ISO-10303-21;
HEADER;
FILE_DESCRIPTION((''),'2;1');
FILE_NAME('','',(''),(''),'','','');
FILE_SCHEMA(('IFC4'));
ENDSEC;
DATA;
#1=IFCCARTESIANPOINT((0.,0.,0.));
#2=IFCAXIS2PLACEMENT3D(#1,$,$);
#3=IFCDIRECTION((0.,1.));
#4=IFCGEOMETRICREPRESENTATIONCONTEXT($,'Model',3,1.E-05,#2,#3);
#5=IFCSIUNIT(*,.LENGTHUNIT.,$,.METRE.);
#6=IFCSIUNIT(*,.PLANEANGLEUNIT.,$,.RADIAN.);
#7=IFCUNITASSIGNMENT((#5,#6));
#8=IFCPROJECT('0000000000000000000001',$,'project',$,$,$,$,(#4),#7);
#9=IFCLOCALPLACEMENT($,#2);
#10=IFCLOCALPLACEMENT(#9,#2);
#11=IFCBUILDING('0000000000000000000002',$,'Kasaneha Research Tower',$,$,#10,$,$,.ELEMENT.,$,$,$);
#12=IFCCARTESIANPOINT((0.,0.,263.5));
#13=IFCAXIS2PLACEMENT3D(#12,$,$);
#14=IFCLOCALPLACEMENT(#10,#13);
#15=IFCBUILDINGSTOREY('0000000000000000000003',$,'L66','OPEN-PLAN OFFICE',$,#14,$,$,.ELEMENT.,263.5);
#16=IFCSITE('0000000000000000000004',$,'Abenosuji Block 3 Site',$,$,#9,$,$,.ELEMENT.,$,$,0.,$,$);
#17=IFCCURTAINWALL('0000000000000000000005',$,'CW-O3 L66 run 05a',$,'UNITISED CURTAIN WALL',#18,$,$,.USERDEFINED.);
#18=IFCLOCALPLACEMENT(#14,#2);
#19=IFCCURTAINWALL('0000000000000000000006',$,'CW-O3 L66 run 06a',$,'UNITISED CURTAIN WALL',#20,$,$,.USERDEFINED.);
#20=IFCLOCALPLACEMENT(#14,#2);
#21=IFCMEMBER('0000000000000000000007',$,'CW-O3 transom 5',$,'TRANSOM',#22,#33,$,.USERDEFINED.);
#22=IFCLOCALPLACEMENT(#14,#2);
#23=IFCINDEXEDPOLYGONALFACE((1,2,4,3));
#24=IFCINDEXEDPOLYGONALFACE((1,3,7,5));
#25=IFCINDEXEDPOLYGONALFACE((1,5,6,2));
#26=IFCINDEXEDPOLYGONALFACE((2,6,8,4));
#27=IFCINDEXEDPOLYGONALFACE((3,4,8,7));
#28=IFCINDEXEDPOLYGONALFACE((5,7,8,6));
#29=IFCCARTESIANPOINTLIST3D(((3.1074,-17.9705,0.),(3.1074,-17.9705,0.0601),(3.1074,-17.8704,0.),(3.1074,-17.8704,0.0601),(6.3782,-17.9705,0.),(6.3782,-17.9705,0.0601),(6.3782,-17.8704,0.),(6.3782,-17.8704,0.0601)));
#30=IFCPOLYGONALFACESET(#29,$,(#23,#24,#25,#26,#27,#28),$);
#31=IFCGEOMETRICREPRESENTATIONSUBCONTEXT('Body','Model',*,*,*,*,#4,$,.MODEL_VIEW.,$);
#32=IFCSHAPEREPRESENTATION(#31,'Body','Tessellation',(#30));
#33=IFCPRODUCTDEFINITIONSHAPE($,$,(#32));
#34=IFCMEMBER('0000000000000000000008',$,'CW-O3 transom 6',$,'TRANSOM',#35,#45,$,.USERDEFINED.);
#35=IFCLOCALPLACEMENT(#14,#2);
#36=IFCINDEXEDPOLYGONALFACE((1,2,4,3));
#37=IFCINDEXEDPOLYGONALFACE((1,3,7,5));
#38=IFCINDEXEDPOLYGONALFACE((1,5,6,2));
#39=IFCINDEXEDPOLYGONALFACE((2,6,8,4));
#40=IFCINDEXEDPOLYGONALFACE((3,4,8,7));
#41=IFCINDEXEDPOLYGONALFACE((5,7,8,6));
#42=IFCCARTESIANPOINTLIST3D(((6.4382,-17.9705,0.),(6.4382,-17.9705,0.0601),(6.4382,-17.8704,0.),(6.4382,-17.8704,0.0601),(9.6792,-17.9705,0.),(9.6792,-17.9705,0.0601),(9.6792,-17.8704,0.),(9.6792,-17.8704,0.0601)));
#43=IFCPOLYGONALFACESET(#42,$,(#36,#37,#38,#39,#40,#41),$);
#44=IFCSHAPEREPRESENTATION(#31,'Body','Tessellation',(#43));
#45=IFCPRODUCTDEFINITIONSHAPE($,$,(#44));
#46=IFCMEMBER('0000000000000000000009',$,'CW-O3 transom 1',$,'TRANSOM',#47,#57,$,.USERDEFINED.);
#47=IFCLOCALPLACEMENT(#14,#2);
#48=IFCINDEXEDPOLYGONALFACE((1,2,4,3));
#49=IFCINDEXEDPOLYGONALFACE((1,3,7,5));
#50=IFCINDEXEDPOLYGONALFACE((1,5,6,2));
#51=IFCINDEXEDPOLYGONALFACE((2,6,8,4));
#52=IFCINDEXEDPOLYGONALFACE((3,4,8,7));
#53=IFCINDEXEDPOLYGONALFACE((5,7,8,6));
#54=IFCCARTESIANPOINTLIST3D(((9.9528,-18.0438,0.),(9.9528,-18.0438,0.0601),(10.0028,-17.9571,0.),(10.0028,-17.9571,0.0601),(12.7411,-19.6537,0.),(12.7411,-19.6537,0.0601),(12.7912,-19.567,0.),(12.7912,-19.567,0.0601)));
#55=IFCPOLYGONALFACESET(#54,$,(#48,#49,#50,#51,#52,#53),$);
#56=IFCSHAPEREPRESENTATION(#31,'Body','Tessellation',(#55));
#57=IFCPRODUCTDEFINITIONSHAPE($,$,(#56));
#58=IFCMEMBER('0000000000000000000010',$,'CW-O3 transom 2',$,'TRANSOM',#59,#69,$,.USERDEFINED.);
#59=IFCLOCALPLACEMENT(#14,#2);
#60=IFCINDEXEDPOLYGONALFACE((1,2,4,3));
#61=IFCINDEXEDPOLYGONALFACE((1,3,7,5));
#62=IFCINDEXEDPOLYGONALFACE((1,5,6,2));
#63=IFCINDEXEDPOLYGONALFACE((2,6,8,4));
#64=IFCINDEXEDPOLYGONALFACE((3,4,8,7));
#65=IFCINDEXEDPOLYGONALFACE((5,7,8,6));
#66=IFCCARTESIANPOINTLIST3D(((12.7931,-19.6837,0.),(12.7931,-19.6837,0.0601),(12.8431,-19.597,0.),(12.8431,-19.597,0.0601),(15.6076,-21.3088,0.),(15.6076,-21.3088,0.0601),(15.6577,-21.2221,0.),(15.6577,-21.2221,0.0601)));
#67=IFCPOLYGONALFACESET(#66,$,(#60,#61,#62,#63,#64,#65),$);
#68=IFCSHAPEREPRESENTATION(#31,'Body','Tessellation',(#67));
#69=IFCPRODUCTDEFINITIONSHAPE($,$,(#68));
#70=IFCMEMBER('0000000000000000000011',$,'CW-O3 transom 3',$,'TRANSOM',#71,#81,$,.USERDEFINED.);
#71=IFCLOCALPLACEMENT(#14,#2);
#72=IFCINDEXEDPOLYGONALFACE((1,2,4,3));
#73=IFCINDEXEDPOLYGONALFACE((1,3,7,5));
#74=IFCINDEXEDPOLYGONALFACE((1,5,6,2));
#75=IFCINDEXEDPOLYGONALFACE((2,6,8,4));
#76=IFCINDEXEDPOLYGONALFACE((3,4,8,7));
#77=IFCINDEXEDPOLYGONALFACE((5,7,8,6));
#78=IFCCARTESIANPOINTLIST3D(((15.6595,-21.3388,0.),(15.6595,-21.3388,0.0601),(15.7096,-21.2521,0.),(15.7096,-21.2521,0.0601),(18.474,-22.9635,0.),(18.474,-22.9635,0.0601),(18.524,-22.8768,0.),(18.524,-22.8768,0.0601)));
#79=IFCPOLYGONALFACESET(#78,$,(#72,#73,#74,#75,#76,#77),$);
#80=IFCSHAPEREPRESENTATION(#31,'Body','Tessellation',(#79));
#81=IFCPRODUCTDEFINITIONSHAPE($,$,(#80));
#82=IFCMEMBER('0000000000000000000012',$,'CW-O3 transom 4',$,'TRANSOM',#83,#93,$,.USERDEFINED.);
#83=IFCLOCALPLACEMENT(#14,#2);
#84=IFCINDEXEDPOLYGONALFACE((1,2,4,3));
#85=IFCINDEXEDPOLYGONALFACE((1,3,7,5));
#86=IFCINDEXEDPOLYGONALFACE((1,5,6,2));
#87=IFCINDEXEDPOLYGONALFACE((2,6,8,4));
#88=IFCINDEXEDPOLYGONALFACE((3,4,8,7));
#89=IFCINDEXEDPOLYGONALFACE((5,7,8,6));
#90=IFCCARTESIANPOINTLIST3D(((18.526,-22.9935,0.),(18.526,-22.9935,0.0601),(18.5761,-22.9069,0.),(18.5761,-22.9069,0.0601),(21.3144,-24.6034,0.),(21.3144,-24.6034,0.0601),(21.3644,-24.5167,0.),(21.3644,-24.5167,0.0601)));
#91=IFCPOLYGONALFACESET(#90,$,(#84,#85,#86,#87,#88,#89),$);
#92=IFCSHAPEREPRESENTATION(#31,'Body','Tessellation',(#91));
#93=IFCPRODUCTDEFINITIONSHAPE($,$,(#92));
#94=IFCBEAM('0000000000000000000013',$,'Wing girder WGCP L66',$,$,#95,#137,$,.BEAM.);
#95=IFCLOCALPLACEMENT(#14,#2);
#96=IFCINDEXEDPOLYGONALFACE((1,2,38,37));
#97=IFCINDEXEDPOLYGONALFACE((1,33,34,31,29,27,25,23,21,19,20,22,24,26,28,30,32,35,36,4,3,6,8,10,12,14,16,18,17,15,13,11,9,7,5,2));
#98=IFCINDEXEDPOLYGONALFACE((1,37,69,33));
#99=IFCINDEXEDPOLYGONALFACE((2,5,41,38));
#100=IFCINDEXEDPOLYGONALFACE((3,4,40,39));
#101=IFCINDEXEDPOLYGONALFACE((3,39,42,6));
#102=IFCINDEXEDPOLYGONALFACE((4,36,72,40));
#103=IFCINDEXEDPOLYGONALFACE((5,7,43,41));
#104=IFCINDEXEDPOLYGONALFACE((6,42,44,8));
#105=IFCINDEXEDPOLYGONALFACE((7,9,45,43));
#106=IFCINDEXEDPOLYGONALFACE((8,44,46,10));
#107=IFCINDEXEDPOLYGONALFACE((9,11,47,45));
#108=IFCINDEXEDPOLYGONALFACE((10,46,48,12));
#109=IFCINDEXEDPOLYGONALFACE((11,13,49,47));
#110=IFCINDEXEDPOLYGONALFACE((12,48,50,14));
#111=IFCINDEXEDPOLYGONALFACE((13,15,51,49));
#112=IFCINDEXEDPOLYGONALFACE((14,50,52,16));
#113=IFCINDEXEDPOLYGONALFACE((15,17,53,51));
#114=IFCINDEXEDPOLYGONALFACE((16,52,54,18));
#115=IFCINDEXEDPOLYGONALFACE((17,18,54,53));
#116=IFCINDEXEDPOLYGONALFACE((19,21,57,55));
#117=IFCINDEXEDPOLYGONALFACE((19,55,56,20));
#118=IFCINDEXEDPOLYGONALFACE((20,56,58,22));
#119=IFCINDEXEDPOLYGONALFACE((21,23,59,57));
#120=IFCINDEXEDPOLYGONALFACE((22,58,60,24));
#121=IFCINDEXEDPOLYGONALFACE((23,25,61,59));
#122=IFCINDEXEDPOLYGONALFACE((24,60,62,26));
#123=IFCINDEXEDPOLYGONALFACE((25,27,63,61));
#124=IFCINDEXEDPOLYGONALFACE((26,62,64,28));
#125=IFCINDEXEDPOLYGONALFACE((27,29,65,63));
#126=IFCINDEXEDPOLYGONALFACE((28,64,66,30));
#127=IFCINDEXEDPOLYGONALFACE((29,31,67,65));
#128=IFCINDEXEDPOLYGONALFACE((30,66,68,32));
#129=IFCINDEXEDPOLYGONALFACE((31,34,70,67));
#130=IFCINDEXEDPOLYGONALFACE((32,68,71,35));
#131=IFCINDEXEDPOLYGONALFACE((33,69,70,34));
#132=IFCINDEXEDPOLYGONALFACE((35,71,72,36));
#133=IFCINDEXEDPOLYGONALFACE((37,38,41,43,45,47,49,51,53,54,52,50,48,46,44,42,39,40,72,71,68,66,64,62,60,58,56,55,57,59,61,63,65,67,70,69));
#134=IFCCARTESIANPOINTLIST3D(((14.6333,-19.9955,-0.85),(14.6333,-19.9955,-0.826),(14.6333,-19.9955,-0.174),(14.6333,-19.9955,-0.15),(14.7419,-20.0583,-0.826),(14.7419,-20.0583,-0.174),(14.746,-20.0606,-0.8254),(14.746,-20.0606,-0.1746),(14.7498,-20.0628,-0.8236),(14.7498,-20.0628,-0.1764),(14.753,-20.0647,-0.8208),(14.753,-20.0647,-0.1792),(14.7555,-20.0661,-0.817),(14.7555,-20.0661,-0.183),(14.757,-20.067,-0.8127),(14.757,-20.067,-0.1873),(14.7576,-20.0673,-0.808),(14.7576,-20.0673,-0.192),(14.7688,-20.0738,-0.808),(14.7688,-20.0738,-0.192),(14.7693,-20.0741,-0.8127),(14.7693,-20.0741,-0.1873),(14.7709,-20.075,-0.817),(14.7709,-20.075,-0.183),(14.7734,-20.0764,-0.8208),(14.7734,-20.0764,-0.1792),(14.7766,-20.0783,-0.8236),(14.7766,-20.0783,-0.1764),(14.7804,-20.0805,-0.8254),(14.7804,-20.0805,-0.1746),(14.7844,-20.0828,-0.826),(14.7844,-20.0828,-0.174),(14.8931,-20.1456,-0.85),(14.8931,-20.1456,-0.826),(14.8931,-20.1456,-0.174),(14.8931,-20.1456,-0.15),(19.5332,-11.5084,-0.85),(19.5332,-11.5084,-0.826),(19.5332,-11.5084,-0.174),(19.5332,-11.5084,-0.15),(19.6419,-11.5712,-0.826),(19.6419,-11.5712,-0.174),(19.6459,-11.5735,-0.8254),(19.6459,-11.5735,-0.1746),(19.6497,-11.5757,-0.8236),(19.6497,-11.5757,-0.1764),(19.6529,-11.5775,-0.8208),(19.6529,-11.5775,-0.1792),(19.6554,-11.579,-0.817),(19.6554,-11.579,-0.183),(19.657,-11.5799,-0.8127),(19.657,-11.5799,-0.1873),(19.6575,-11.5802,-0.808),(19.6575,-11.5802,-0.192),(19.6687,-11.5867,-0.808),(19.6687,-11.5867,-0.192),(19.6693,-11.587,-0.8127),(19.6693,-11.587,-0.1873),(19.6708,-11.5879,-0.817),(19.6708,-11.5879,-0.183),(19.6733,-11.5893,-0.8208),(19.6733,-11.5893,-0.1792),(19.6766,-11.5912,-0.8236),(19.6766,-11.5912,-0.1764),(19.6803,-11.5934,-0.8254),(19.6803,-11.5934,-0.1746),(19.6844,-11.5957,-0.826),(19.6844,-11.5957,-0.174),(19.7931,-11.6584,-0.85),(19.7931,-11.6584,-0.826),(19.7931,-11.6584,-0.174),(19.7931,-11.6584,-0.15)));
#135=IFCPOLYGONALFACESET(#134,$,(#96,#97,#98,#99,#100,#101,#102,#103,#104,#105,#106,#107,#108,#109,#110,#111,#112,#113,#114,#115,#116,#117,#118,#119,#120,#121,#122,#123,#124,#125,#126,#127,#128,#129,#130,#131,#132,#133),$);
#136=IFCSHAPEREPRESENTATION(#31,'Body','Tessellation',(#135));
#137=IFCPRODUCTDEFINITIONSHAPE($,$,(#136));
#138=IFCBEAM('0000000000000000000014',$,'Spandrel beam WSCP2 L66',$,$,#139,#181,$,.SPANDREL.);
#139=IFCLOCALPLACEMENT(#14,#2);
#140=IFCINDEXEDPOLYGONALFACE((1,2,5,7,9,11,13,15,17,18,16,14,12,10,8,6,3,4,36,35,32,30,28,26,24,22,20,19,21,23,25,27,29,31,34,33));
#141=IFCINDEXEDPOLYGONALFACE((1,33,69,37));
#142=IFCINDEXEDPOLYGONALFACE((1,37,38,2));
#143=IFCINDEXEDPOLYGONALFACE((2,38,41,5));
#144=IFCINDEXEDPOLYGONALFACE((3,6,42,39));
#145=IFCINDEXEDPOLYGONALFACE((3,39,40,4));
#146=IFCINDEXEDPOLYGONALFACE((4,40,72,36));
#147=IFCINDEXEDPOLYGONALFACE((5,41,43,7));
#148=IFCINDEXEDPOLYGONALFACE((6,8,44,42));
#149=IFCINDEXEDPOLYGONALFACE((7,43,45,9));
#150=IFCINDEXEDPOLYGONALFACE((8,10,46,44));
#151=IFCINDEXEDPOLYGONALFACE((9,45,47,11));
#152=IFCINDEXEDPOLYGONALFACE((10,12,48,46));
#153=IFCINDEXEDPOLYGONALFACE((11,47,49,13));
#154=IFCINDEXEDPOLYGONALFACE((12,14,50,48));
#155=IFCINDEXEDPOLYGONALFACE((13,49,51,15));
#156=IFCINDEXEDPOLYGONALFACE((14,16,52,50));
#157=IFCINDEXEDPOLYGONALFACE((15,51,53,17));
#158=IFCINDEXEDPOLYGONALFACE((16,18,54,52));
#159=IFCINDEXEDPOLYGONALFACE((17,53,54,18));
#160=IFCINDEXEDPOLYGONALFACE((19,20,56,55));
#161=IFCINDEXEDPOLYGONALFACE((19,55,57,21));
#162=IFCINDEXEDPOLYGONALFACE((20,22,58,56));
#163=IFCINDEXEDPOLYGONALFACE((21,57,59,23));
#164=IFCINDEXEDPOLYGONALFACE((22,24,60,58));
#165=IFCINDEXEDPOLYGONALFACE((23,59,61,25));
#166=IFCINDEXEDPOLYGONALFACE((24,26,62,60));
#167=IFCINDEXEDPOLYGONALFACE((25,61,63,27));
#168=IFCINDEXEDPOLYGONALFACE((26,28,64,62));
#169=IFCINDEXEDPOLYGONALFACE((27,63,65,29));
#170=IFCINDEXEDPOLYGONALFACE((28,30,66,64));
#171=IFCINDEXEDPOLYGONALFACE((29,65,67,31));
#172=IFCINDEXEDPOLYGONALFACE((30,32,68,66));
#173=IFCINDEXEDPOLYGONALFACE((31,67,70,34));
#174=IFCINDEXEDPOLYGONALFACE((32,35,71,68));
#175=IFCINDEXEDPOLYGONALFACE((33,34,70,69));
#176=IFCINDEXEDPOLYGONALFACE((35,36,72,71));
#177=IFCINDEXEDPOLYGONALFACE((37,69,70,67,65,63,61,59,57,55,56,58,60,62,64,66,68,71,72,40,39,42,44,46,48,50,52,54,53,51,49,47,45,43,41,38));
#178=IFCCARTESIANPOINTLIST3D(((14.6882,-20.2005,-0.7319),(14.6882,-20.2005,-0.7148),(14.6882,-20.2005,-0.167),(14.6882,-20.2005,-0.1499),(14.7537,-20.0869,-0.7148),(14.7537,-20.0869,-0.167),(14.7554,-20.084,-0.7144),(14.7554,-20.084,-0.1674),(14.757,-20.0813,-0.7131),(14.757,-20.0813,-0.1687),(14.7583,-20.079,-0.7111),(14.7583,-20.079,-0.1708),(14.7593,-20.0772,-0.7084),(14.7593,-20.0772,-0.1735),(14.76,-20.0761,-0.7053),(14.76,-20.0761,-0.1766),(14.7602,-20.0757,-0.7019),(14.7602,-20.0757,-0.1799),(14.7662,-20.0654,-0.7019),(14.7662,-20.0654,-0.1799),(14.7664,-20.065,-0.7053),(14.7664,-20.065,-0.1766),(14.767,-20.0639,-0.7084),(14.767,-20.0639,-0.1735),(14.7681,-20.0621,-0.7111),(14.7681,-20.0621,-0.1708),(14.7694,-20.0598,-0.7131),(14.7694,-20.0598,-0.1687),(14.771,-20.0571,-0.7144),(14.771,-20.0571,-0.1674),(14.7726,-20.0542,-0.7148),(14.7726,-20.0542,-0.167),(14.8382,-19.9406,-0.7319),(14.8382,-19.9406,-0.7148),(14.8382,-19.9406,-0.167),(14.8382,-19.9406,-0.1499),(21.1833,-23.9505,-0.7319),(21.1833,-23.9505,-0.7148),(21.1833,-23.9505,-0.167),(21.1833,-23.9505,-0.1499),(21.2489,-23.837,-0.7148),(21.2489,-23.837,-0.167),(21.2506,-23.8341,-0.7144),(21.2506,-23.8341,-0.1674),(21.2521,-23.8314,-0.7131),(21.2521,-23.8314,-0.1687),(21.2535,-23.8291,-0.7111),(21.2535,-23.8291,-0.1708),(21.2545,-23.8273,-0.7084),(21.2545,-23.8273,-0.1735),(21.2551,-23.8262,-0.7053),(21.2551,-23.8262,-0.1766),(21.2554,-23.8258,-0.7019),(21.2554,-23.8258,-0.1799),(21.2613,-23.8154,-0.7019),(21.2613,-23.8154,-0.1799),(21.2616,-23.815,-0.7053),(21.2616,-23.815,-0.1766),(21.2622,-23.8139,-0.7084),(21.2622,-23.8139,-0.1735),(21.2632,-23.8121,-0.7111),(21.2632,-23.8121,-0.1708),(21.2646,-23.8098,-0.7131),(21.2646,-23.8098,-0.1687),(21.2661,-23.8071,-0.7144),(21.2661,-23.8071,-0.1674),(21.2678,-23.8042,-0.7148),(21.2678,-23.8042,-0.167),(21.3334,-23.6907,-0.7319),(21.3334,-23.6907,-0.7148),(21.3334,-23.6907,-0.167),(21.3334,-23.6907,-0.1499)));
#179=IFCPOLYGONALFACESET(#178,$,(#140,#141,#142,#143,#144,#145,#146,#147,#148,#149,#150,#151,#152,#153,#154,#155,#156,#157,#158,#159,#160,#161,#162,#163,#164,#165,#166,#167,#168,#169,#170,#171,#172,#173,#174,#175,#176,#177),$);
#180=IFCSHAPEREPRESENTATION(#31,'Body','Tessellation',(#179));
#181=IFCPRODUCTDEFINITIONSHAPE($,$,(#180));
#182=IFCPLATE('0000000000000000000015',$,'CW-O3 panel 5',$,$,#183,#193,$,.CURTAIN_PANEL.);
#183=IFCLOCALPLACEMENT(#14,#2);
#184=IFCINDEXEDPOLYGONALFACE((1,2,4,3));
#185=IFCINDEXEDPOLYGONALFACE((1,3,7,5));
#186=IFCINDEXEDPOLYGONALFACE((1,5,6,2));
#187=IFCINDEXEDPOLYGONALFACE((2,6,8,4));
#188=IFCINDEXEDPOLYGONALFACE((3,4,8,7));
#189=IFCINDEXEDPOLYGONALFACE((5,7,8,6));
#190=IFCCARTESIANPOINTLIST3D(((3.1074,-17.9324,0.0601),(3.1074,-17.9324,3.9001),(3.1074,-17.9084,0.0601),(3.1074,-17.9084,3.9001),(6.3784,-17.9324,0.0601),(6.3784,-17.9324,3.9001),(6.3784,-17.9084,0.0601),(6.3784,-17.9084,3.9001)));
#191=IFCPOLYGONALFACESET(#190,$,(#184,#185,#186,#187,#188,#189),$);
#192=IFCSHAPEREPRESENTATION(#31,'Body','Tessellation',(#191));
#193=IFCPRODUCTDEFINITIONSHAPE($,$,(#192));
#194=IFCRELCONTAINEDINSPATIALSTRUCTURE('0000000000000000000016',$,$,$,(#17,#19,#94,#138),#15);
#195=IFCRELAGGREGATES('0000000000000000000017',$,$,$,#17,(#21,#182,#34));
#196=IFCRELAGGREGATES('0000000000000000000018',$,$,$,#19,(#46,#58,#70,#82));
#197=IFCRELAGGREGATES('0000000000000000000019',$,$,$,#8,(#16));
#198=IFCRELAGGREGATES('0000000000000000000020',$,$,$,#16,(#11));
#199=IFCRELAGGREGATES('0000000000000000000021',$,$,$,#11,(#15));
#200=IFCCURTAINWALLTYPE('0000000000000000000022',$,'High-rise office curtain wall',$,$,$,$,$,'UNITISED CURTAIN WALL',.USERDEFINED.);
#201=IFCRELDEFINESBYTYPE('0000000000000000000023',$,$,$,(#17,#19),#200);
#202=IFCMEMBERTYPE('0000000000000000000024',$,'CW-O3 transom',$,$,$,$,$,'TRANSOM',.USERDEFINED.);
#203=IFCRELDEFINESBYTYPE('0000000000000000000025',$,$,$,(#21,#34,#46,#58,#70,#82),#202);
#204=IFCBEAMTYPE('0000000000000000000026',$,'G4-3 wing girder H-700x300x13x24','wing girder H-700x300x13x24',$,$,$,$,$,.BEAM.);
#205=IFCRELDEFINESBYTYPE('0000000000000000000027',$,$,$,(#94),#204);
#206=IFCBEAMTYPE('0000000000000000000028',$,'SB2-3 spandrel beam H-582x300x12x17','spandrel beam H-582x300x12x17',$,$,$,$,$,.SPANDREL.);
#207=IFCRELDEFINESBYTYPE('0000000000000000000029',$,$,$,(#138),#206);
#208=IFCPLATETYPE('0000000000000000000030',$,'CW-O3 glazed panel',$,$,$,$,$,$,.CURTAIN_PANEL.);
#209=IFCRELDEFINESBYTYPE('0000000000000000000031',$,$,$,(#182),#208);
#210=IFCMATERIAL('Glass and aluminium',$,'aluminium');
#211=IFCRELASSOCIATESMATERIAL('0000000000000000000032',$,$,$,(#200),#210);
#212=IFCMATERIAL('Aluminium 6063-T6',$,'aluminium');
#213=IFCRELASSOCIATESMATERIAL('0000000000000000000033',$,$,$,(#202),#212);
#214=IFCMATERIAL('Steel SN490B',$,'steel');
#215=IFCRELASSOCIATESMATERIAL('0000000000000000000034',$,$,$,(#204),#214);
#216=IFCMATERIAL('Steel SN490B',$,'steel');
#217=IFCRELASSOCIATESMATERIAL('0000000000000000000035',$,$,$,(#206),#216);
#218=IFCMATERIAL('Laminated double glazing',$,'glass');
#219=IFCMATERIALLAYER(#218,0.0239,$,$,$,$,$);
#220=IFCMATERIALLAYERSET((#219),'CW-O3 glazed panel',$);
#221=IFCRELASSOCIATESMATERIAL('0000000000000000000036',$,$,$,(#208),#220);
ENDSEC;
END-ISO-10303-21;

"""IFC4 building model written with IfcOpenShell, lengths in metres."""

from ifc_helpers import new_model, si_unit, direction, frame, origin, origin_2d, place, context, subcontext, project, spatial, rectangle, i_section, extrude, material, layer, layer_set, material_profile, profile_set, type_object, element, aggregate, save


model = new_model("IFC4")

# Units and contexts
model_context = context("Model", 3, precision=1e-05, world=origin(), true_north=direction((0.0, 1.0)))
body_context = subcontext(model_context, "Body", "Model", "MODEL_VIEW")
ifc_project = project(units=[si_unit("LENGTHUNIT", "METRE"), si_unit("PLANEANGLEUNIT", "RADIAN")], contexts=[model_context])

# Site, building, storey
site_placement = place(None, origin())
site = spatial("IfcSite", under=ifc_project, at=site_placement, Name="Abenosuji Block 3 Site", CompositionType="ELEMENT", RefElevation=0.0)
building_placement = place(site_placement, origin())
building = spatial("IfcBuilding", under=site, at=building_placement, Name="Kasaneha Research Tower", CompositionType="ELEMENT")
storey_placement = place(building_placement, frame((0.0, 0.0, 263.5)))
storey = spatial("IfcBuildingStorey", under=building, at=storey_placement, Name="L66", Description="OPEN-PLAN OFFICE", CompositionType="ELEMENT", Elevation=263.5)

# Curtain walls
ifc_material_1 = material(Name="Glass and aluminium", Category="aluminium")
curtain_wall_type = type_object("IfcCurtainWallType", Name="High-rise office curtain wall", ElementType="UNITISED CURTAIN WALL", PredefinedType="USERDEFINED", material=ifc_material_1)
curtain_wall_1_placement = place(storey_placement, origin())
curtain_wall_1 = element("IfcCurtainWall", 1, at=curtain_wall_1_placement, inside=storey, type_object=curtain_wall_type, Name="CW-O3 L66 run 05a", ObjectType="UNITISED CURTAIN WALL", PredefinedType="USERDEFINED")
curtain_wall_2_placement = place(storey_placement, origin())
curtain_wall_2 = element("IfcCurtainWall", 2, at=curtain_wall_2_placement, inside=storey, type_object=curtain_wall_type, Name="CW-O3 L66 run 06a", ObjectType="UNITISED CURTAIN WALL", PredefinedType="USERDEFINED")

# Members
ifc_material_2 = material(Name="Aluminium 6063-T6", Category="aluminium")
ifc_material_profile_1 = material_profile(ifc_material_2, rectangle(XDim=0.1001, YDim=0.0601, at=origin_2d()), Name="CW-O3 transom 100x60")
ifc_profile_set_1 = profile_set([ifc_material_profile_1], Name="Aluminium 6063-T6")
member_type_1 = type_object("IfcMemberType", Name="CW-O3 transom", ElementType="TRANSOM", PredefinedType="USERDEFINED", material=ifc_profile_set_1)
member_1_placement = place(storey_placement, frame((3.1074, -17.9204, 0.03), z_axis=(1.0, 0.0, 0.0), x_axis=(0.0, 1.0, 0.0)))
member_1 = element("IfcMember", 3, at=member_1_placement, type_object=member_type_1, Name="CW-O3 transom 5", ObjectType="TRANSOM", PredefinedType="USERDEFINED", context=body_context, shape_type="SweptSolid", body=[
    extrude(rectangle(XDim=0.1001, YDim=0.0601, at=origin_2d()), origin(), (0.0, 0.0, 1.0), 3.2708),
])
member_2_placement = place(storey_placement, frame((6.4382, -17.9204, 0.03), z_axis=(1.0, 0.0, 0.0), x_axis=(0.0, 1.0, 0.0)))
member_2 = element("IfcMember", 4, at=member_2_placement, type_object=member_type_1, Name="CW-O3 transom 6", ObjectType="TRANSOM", PredefinedType="USERDEFINED", context=body_context, shape_type="SweptSolid", body=[
    extrude(rectangle(XDim=0.1001, YDim=0.0601, at=origin_2d()), origin(), (0.0, 0.0, 1.0), 3.241),
])
member_3_placement = place(storey_placement, frame((9.9778, -18.0005, 0.03), z_axis=(0.866023, -0.500005, 0.0), x_axis=(0.500005, 0.866023, 0.0)))
member_3 = element("IfcMember", 5, at=member_3_placement, type_object=member_type_1, Name="CW-O3 transom 1", ObjectType="TRANSOM", PredefinedType="USERDEFINED", context=body_context, shape_type="SweptSolid", body=[
    extrude(rectangle(XDim=0.1001, YDim=0.0601, at=origin_2d()), origin(), (0.0, 0.0, 1.0), 3.2197),
])
member_4_placement = place(storey_placement, frame((12.8181, -19.6404, 0.03), z_axis=(0.866015, -0.500017, 0.0), x_axis=(0.500017, 0.866015, 0.0)))
member_4 = element("IfcMember", 6, at=member_4_placement, type_object=member_type_1, Name="CW-O3 transom 2", ObjectType="TRANSOM", PredefinedType="USERDEFINED", context=body_context, shape_type="SweptSolid", body=[
    extrude(rectangle(XDim=0.1001, YDim=0.0601, at=origin_2d()), origin(), (0.0, 0.0, 1.0), 3.25),
])
member_5_placement = place(storey_placement, frame((15.6846, -21.2954, 0.03), z_axis=(0.866048, -0.499961, 0.0), x_axis=(0.499961, 0.866048, 0.0)))
member_5 = element("IfcMember", 7, at=member_5_placement, type_object=member_type_1, Name="CW-O3 transom 3", ObjectType="TRANSOM", PredefinedType="USERDEFINED", context=body_context, shape_type="SweptSolid", body=[
    extrude(rectangle(XDim=0.1001, YDim=0.0601, at=origin_2d()), origin(), (0.0, 0.0, 1.0), 3.2498),
])
member_6_placement = place(storey_placement, frame((18.551, -22.9502, 0.03), z_axis=(0.866023, -0.500005, 0.0), x_axis=(0.500005, 0.866023, 0.0)))
member_6 = element("IfcMember", 8, at=member_6_placement, type_object=member_type_1, Name="CW-O3 transom 4", ObjectType="TRANSOM", PredefinedType="USERDEFINED", context=body_context, shape_type="SweptSolid", body=[
    extrude(rectangle(XDim=0.1001, YDim=0.0601, at=origin_2d()), origin(), (0.0, 0.0, 1.0), 3.2197),
])

# Beams
ifc_material_3 = material(Name="Steel SN490B", Category="steel")
ifc_material_profile_2 = material_profile(ifc_material_3, i_section(OverallWidth=0.3, OverallDepth=0.7, WebThickness=0.0129, FlangeThickness=0.0239, FilletRadius=0.0181, at=origin_2d()), Name="H-700x300x13x24")
ifc_profile_set_2 = profile_set([ifc_material_profile_2], Name="Steel SN490B")
beam_type_1 = type_object("IfcBeamType", Name="G4-3 wing girder H-700x300x13x24", Description="wing girder H-700x300x13x24", PredefinedType="BEAM", material=ifc_profile_set_2)
beam_1_placement = place(storey_placement, frame((14.7632, -20.0706, -0.5), z_axis=(0.499992, 0.86603, 0.0), x_axis=(-0.86603, 0.499992, 0.0)))
element("IfcBeam", 9, at=beam_1_placement, inside=storey, type_object=beam_type_1, Name="Wing girder WGCP L66", PredefinedType="BEAM", context=body_context, shape_type="SweptSolid", body=[
    extrude(i_section(OverallWidth=0.3, OverallDepth=0.7, WebThickness=0.0129, FlangeThickness=0.0239, FilletRadius=0.0181, at=origin_2d()), origin(), (0.0, 0.0, 1.0), 9.8),
])
ifc_material_4 = material(Name="Steel SN490B", Category="steel")
ifc_material_profile_3 = material_profile(ifc_material_4, i_section(OverallWidth=0.3, OverallDepth=0.582, WebThickness=0.012, FlangeThickness=0.0171, FilletRadius=0.0129, at=origin_2d()), Name="H-582x300x12x17")
ifc_profile_set_3 = profile_set([ifc_material_profile_3], Name="Steel SN490B")
beam_type_2 = type_object("IfcBeamType", Name="SB2-3 spandrel beam H-582x300x12x17", Description="spandrel beam H-582x300x12x17", PredefinedType="SPANDREL", material=ifc_profile_set_3)
beam_2_placement = place(storey_placement, frame((14.7632, -20.0706, -0.4409), z_axis=(0.866023, -0.500004, 0.0), x_axis=(0.500004, 0.866023, 0.0)))
element("IfcBeam", 10, at=beam_2_placement, inside=storey, type_object=beam_type_2, Name="Spandrel beam WSCP2 L66", PredefinedType="SPANDREL", context=body_context, shape_type="SweptSolid", body=[
    extrude(i_section(OverallWidth=0.3, OverallDepth=0.582, WebThickness=0.012, FlangeThickness=0.0171, FilletRadius=0.0129, at=origin_2d()), origin(), (0.0, 0.0, 1.0), 7.5),
])

# Plate
ifc_material_5 = material(Name="Laminated double glazing", Category="glass")
ifc_layer_1 = layer(ifc_material_5, 0.0239)
ifc_layer_set_1 = layer_set([ifc_layer_1], Name="CW-O3 glazed panel")
plate_type = type_object("IfcPlateType", Name="CW-O3 glazed panel", PredefinedType="CURTAIN_PANEL", material=ifc_layer_set_1)
plate_1_placement = place(storey_placement, frame((4.7429, -17.9204, 0.0601), z_axis=(0.0, 0.0, 1.0), x_axis=(1.0, 0.0, 0.0)))
plate_1 = element("IfcPlate", 11, at=plate_1_placement, type_object=plate_type, Name="CW-O3 panel 5", PredefinedType="CURTAIN_PANEL", context=body_context, shape_type="SweptSolid", body=[
    extrude(rectangle(XDim=3.271, YDim=0.0239, at=origin_2d()), origin(), (0.0, 0.0, 1.0), 3.8401),
])
aggregate(curtain_wall_1, [member_1, plate_1, member_2])
aggregate(curtain_wall_2, [member_3, member_4, member_5, member_6])

save(model, "model.ifc")
